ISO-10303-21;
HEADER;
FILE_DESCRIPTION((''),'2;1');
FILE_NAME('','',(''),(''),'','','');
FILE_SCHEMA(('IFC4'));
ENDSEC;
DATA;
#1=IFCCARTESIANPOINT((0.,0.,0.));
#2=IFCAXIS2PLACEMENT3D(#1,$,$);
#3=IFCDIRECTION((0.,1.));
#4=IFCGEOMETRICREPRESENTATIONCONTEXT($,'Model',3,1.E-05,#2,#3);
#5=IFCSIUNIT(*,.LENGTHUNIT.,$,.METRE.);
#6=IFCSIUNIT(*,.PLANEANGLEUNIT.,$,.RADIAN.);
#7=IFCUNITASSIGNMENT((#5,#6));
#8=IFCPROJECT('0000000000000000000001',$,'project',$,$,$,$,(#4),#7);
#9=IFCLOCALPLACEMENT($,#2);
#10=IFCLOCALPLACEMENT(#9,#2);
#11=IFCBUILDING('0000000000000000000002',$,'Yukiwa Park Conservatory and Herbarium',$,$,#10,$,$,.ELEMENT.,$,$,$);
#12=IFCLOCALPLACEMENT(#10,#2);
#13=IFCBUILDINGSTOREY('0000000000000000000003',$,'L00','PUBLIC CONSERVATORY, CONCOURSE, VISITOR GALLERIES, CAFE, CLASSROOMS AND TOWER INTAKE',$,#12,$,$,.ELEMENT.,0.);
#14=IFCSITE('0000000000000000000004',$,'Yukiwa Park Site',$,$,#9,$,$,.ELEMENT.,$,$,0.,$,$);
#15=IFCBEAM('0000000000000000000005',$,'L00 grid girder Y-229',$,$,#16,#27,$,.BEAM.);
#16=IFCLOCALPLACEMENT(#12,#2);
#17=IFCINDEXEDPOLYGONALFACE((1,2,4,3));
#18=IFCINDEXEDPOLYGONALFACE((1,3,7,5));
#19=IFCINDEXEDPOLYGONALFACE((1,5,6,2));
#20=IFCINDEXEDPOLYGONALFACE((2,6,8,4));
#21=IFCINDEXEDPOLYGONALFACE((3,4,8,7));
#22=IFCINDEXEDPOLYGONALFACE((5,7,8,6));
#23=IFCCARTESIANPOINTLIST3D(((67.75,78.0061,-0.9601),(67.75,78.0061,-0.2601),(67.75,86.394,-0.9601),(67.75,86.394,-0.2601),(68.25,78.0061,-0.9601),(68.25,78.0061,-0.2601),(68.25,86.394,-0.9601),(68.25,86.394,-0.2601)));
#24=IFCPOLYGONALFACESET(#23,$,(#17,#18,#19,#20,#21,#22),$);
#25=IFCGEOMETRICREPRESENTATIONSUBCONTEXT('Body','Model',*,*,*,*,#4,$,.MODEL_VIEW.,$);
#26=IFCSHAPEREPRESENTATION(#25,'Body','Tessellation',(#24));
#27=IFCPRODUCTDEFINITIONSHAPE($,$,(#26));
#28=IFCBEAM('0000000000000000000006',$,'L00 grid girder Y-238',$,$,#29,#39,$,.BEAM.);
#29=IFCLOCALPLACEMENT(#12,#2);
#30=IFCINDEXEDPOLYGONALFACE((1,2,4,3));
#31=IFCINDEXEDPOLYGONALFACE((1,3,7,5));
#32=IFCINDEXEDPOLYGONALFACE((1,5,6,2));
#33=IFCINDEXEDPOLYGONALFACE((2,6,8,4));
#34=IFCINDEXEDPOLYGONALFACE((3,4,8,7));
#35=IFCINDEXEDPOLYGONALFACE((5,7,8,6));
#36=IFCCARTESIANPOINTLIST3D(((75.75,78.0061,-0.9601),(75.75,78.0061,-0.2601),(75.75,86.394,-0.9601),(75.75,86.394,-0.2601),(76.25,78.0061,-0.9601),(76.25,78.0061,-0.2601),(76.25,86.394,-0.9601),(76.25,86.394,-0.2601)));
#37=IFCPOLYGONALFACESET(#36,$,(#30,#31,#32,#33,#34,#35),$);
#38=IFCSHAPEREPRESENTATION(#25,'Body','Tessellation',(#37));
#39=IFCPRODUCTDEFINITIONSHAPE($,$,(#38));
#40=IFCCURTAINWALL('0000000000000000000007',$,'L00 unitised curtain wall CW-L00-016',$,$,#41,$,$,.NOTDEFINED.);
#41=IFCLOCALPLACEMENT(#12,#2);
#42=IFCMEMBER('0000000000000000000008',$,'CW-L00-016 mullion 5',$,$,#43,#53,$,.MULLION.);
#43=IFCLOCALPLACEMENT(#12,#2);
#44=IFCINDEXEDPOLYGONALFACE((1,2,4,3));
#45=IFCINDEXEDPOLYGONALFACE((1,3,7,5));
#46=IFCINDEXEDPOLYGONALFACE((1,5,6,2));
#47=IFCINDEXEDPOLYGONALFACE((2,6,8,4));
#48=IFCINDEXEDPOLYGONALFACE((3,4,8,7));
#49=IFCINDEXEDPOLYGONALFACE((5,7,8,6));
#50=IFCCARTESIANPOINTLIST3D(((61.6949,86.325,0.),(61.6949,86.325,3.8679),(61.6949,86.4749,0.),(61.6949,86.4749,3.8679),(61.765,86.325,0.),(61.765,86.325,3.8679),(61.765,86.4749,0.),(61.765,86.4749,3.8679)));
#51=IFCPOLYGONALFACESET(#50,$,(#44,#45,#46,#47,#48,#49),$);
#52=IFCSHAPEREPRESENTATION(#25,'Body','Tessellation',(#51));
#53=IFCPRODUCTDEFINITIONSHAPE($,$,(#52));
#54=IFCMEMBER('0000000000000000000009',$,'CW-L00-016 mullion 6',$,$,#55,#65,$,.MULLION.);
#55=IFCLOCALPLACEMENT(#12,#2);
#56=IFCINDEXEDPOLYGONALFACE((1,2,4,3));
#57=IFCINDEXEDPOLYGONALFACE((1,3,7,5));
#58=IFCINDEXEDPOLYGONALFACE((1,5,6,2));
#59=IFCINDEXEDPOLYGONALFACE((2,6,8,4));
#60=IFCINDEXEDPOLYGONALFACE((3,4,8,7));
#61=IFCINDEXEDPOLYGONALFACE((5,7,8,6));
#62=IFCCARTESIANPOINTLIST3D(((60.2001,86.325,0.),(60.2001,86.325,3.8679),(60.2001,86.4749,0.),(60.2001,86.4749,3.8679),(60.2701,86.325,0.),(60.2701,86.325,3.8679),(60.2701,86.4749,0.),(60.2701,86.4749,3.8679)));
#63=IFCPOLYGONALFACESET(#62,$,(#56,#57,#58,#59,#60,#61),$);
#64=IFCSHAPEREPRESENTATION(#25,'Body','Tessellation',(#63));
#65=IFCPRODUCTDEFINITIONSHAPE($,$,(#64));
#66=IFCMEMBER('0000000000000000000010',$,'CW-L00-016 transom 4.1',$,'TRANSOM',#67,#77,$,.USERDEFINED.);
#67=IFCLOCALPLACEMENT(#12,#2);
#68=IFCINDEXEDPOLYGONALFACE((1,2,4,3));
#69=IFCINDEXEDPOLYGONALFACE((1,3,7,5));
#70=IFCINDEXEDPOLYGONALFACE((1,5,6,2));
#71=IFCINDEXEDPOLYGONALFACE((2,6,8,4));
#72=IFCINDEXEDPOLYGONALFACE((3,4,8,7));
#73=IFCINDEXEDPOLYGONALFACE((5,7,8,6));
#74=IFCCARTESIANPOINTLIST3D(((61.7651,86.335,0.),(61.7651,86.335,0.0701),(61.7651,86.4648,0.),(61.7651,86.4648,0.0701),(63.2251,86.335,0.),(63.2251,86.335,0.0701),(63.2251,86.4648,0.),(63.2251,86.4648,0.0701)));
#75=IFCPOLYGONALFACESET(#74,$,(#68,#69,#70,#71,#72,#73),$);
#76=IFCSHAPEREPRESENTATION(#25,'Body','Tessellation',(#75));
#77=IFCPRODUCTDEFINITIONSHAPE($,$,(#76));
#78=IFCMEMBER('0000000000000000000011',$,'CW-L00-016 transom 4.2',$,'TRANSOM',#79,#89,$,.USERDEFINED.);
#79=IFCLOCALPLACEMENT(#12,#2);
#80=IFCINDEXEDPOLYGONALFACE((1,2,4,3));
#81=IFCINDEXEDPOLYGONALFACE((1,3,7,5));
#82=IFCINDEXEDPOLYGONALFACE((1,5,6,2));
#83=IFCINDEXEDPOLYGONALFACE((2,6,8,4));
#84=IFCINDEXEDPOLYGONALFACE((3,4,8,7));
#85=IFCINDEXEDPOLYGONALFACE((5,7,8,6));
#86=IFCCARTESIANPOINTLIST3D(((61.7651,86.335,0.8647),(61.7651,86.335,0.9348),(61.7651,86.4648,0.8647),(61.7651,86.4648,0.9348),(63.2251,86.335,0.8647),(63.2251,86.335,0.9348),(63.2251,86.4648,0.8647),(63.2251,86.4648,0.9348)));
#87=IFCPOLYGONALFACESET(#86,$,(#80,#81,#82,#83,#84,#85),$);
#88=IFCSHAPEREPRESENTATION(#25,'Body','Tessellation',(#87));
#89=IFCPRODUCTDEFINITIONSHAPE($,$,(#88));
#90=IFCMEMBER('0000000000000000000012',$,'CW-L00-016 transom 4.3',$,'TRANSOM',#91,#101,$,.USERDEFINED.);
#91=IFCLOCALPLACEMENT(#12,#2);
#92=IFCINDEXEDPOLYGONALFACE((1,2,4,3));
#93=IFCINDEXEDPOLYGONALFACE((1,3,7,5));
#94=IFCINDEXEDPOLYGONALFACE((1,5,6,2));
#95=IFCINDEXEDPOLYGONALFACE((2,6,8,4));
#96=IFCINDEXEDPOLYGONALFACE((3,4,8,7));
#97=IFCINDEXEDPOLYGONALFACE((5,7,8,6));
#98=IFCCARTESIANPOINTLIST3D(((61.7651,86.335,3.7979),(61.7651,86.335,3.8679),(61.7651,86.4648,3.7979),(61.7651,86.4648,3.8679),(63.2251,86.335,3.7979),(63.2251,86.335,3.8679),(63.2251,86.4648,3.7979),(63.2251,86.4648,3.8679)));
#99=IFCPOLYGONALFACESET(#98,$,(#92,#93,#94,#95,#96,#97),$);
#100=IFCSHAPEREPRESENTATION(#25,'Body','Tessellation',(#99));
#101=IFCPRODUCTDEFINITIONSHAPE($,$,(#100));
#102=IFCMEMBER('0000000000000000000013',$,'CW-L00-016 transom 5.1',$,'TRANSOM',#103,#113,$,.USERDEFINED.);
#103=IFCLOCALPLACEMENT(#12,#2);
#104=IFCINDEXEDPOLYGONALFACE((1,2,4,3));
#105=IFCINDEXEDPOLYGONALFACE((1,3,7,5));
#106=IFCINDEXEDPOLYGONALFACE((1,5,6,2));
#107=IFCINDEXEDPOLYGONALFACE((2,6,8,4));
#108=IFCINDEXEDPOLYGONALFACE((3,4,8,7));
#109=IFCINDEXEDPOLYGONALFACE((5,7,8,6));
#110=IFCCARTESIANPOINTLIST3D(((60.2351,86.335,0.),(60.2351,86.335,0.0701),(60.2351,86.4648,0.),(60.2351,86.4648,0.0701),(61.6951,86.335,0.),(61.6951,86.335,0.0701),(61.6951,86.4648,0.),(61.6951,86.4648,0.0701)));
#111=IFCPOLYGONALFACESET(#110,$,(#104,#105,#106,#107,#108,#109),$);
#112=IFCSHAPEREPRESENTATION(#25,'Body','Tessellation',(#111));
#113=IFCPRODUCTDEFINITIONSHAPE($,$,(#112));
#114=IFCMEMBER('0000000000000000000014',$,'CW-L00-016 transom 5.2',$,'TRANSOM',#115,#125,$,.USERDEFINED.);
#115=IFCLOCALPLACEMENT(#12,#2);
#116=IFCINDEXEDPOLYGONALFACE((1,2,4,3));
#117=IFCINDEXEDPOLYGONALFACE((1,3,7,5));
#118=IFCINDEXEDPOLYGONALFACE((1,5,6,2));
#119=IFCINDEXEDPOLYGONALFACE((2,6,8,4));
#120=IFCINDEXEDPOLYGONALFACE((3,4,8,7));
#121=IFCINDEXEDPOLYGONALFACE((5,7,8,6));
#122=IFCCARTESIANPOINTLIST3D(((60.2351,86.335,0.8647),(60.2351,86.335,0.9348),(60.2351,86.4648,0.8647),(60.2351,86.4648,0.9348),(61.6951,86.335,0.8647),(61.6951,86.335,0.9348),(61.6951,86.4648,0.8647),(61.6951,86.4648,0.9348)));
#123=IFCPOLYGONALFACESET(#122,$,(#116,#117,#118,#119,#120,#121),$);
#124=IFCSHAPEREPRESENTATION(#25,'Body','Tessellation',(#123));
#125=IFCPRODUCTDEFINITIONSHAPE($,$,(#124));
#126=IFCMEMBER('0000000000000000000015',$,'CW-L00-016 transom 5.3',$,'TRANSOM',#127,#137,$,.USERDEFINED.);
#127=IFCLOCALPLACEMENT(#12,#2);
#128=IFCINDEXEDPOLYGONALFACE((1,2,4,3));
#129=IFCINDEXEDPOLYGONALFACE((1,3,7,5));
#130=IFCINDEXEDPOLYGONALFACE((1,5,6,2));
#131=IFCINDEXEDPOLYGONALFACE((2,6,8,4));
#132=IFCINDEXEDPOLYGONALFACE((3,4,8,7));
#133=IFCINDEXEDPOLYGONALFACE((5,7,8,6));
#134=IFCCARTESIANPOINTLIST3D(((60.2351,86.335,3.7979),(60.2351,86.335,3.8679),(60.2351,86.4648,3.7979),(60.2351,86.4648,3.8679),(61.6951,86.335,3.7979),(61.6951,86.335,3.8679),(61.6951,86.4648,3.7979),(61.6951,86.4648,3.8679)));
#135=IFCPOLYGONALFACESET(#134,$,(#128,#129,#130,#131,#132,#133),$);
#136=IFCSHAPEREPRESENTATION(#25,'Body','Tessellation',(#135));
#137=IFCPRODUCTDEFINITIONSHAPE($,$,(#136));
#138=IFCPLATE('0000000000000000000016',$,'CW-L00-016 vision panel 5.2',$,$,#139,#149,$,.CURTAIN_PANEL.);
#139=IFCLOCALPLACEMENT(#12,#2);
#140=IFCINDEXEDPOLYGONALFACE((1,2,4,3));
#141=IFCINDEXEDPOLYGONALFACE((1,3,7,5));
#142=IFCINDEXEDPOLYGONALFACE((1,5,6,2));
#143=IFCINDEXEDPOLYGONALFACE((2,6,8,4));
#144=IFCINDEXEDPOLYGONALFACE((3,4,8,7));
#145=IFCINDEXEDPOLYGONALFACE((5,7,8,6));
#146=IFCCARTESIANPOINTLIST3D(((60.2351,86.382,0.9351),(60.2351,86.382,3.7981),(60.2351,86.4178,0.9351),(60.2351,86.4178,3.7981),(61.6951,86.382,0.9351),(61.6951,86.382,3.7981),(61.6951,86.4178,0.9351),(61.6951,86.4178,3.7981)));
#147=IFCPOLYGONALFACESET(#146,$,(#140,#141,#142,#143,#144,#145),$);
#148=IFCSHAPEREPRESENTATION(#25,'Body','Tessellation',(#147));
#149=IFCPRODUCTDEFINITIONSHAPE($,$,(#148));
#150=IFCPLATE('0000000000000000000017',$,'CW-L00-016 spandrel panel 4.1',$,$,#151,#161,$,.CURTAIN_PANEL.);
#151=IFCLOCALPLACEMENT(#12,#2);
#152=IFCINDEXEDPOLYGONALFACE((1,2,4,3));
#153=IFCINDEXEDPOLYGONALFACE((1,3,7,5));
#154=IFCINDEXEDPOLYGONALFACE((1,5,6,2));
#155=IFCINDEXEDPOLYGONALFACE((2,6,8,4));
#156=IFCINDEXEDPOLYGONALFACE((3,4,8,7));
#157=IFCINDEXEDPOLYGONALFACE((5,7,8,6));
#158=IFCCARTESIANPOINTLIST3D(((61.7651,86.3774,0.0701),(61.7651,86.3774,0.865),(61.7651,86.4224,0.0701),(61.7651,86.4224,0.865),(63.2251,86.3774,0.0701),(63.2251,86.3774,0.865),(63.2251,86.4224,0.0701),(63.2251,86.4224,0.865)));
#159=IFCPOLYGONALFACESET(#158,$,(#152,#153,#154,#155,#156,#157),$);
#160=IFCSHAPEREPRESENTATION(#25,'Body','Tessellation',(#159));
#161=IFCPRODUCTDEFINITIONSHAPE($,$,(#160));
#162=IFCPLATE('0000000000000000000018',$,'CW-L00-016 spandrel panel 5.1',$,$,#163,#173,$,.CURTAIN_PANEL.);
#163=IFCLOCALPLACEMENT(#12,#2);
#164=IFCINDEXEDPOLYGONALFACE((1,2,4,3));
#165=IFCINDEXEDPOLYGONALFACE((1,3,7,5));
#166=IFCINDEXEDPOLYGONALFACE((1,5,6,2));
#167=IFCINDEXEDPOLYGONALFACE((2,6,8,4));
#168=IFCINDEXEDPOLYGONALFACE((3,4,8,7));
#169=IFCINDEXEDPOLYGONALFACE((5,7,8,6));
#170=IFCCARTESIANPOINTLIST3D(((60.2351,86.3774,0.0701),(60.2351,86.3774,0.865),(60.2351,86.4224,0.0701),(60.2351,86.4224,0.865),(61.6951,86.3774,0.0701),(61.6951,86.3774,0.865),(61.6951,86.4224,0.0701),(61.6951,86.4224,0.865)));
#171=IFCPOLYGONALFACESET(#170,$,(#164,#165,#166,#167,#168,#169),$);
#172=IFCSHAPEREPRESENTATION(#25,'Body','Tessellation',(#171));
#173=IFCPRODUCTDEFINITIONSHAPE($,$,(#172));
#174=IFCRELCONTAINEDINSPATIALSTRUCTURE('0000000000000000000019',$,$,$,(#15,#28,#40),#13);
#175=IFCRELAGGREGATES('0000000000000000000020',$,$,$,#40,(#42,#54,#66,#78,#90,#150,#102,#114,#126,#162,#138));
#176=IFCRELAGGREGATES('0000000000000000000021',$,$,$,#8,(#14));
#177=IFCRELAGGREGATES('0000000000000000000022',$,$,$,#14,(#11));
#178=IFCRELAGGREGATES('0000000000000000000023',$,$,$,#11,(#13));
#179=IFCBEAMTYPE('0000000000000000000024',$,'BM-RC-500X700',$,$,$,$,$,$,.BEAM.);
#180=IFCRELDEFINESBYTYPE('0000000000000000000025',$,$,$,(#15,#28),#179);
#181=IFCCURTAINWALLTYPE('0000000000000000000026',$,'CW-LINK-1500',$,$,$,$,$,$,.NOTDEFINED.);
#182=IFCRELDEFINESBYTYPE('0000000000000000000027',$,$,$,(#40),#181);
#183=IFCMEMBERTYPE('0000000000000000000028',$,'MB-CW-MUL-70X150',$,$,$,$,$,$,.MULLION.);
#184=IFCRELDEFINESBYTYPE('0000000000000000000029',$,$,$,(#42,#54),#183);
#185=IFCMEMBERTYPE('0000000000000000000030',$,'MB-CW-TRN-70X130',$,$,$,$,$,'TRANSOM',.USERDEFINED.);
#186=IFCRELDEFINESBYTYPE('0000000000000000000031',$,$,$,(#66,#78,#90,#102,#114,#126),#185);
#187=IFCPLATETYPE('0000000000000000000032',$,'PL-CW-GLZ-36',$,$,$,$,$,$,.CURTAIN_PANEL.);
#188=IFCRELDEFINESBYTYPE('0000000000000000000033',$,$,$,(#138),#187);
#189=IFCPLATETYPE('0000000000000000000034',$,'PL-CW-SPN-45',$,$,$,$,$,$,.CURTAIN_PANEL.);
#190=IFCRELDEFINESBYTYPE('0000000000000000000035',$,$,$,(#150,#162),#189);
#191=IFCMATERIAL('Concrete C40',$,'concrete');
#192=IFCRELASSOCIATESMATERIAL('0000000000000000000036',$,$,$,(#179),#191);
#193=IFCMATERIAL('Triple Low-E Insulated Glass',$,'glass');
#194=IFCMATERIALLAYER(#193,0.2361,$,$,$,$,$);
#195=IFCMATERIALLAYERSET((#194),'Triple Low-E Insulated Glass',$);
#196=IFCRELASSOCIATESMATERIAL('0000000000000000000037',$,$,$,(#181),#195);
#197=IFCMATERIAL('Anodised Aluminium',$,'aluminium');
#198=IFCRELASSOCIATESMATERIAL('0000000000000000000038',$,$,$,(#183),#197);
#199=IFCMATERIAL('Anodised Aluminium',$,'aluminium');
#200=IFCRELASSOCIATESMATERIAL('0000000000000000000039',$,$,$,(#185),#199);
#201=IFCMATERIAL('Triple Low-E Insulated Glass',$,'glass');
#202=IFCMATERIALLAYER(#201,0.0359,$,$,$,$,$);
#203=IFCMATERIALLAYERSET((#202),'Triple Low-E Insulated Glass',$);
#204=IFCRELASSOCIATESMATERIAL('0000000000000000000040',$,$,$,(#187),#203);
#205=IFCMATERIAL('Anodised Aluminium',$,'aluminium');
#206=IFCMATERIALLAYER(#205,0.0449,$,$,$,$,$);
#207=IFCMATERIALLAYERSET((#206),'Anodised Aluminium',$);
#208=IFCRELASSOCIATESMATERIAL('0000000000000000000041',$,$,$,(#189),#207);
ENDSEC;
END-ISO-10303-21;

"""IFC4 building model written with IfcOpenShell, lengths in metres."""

from ifc_helpers import new_model, si_unit, direction, frame, origin, origin_2d, place, context, subcontext, project, spatial, rectangle, extrude, material, layer, layer_set, material_profile, profile_set, type_object, element, aggregate, save


model = new_model("IFC4")

# Units and contexts
model_context = context("Model", 3, precision=1e-05, world=origin(), true_north=direction((0.0, 1.0)))
body_context = subcontext(model_context, "Body", "Model", "MODEL_VIEW")
ifc_project = project(units=[si_unit("LENGTHUNIT", "METRE"), si_unit("PLANEANGLEUNIT", "RADIAN")], contexts=[model_context])

# Site, building, storey
site_placement = place(None, origin())
site = spatial("IfcSite", under=ifc_project, at=site_placement, Name="Yukiwa Park Site", CompositionType="ELEMENT", RefElevation=0.0)
building_placement = place(site_placement, origin())
building = spatial("IfcBuilding", under=site, at=building_placement, Name="Yukiwa Park Conservatory and Herbarium", CompositionType="ELEMENT")
storey_placement = place(building_placement, origin())
storey = spatial("IfcBuildingStorey", under=building, at=storey_placement, Name="L00", Description="PUBLIC CONSERVATORY, CONCOURSE, VISITOR GALLERIES, CAFE, CLASSROOMS AND TOWER INTAKE", CompositionType="ELEMENT", Elevation=0.0)

# Beams
ifc_material_1 = material(Name="Concrete C40", Category="concrete")
ifc_material_profile_1 = material_profile(ifc_material_1, rectangle(XDim=0.5, YDim=0.7, at=origin_2d()), Name="RC 500x700")
ifc_profile_set_1 = profile_set([ifc_material_profile_1], Name="Concrete C40")
beam_type_1 = type_object("IfcBeamType", Name="BM-RC-500X700", PredefinedType="BEAM", material=ifc_profile_set_1)
for number, where, z_axis, x_axis, name in (
    (1, (68.0, 78.0061, -0.6101), (0.0, 1.0, 0.0), (-1.0, 0.0, 0.0), "L00 grid girder Y-229"),
    (2, (76.0, 78.0061, -0.6101), (0.0, 1.0, 0.0), (-1.0, 0.0, 0.0), "L00 grid girder Y-238"),
):
    element("IfcBeam", number, at=place(storey_placement, frame(where, z_axis=z_axis, x_axis=x_axis)), inside=storey, type_object=beam_type_1, Name=name, PredefinedType="BEAM", context=body_context, shape_type="SweptSolid", body=[
        extrude(rectangle(XDim=0.5, YDim=0.7, at=origin_2d()), origin(), (0.0, 0.0, 1.0), 8.3879),
    ])

# Curtain wall, members, plates
ifc_material_2 = material(Name="Triple Low-E Insulated Glass", Category="glass")
ifc_layer_1 = layer(ifc_material_2, 0.2361)
ifc_layer_set_1 = layer_set([ifc_layer_1], Name="Triple Low-E Insulated Glass")
curtain_wall_type = type_object("IfcCurtainWallType", Name="CW-LINK-1500", PredefinedType="NOTDEFINED", material=ifc_layer_set_1)
curtain_wall_placement = place(storey_placement, origin())
curtain_wall = element("IfcCurtainWall", 3, at=curtain_wall_placement, inside=storey, type_object=curtain_wall_type, Name="L00 unitised curtain wall CW-L00-016", PredefinedType="NOTDEFINED")
ifc_material_3 = material(Name="Anodised Aluminium", Category="aluminium")
member_type_1 = type_object("IfcMemberType", Name="MB-CW-MUL-70X150", PredefinedType="MULLION", material=ifc_material_3)
member_1_placement = place(storey_placement, frame((61.73, 86.3999, 0.0), z_axis=(0.0, 0.0, 1.0), x_axis=(-1.0, 0.0, 0.0)))
member_1 = element("IfcMember", 4, at=member_1_placement, type_object=member_type_1, Name="CW-L00-016 mullion 5", PredefinedType="MULLION", context=body_context, shape_type="SweptSolid", body=[
    extrude(rectangle(XDim=0.0701, YDim=0.1499, at=origin_2d()), origin(), (0.0, 0.0, 1.0), 3.8679),
])
member_2_placement = place(storey_placement, frame((60.2351, 86.3999, 0.0), z_axis=(0.0, 0.0, 1.0), x_axis=(-1.0, 0.0, 0.0)))
member_2 = element("IfcMember", 5, at=member_2_placement, type_object=member_type_1, Name="CW-L00-016 mullion 6", PredefinedType="MULLION", context=body_context, shape_type="SweptSolid", body=[
    extrude(rectangle(XDim=0.0701, YDim=0.1499, at=origin_2d()), origin(), (0.0, 0.0, 1.0), 3.8679),
])
ifc_material_4 = material(Name="Anodised Aluminium", Category="aluminium")
member_type_2 = type_object("IfcMemberType", Name="MB-CW-TRN-70X130", ElementType="TRANSOM", PredefinedType="USERDEFINED", material=ifc_material_4)
member_3_placement = place(storey_placement, frame((62.4951, 86.3999, 0.0), z_axis=(0.0, 0.0, 1.0), x_axis=(-1.0, 0.0, 0.0)))
member_3 = element("IfcMember", 6, at=member_3_placement, type_object=member_type_2, Name="CW-L00-016 transom 4.1", ObjectType="TRANSOM", PredefinedType="USERDEFINED", context=body_context, shape_type="SweptSolid", body=[
    extrude(rectangle(XDim=1.46, YDim=0.1299, at=origin_2d()), origin(), (0.0, 0.0, 1.0), 0.0701),
])
member_4_placement = place(storey_placement, frame((62.4951, 86.3999, 0.8647), z_axis=(0.0, 0.0, 1.0), x_axis=(-1.0, 0.0, 0.0)))
member_4 = element("IfcMember", 7, at=member_4_placement, type_object=member_type_2, Name="CW-L00-016 transom 4.2", ObjectType="TRANSOM", PredefinedType="USERDEFINED", context=body_context, shape_type="SweptSolid", body=[
    extrude(rectangle(XDim=1.46, YDim=0.1299, at=origin_2d()), origin(), (0.0, 0.0, 1.0), 0.0701),
])
member_5_placement = place(storey_placement, frame((62.4951, 86.3999, 3.7979), z_axis=(0.0, 0.0, 1.0), x_axis=(-1.0, 0.0, 0.0)))
member_5 = element("IfcMember", 8, at=member_5_placement, type_object=member_type_2, Name="CW-L00-016 transom 4.3", ObjectType="TRANSOM", PredefinedType="USERDEFINED", context=body_context, shape_type="SweptSolid", body=[
    extrude(rectangle(XDim=1.46, YDim=0.1299, at=origin_2d()), origin(), (0.0, 0.0, 1.0), 0.0701),
])
member_6_placement = place(storey_placement, frame((60.9651, 86.3999, 0.0), z_axis=(0.0, 0.0, 1.0), x_axis=(-1.0, 0.0, 0.0)))
member_6 = element("IfcMember", 9, at=member_6_placement, type_object=member_type_2, Name="CW-L00-016 transom 5.1", ObjectType="TRANSOM", PredefinedType="USERDEFINED", context=body_context, shape_type="SweptSolid", body=[
    extrude(rectangle(XDim=1.46, YDim=0.1299, at=origin_2d()), origin(), (0.0, 0.0, 1.0), 0.0701),
])
member_7_placement = place(storey_placement, frame((60.9651, 86.3999, 0.8647), z_axis=(0.0, 0.0, 1.0), x_axis=(-1.0, 0.0, 0.0)))
member_7 = element("IfcMember", 10, at=member_7_placement, type_object=member_type_2, Name="CW-L00-016 transom 5.2", ObjectType="TRANSOM", PredefinedType="USERDEFINED", context=body_context, shape_type="SweptSolid", body=[
    extrude(rectangle(XDim=1.46, YDim=0.1299, at=origin_2d()), origin(), (0.0, 0.0, 1.0), 0.0701),
])
member_8_placement = place(storey_placement, frame((60.9651, 86.3999, 3.7979), z_axis=(0.0, 0.0, 1.0), x_axis=(-1.0, 0.0, 0.0)))
member_8 = element("IfcMember", 11, at=member_8_placement, type_object=member_type_2, Name="CW-L00-016 transom 5.3", ObjectType="TRANSOM", PredefinedType="USERDEFINED", context=body_context, shape_type="SweptSolid", body=[
    extrude(rectangle(XDim=1.46, YDim=0.1299, at=origin_2d()), origin(), (0.0, 0.0, 1.0), 0.0701),
])
ifc_material_5 = material(Name="Triple Low-E Insulated Glass", Category="glass")
ifc_layer_2 = layer(ifc_material_5, 0.0359)
ifc_layer_set_2 = layer_set([ifc_layer_2], Name="Triple Low-E Insulated Glass")
plate_type_1 = type_object("IfcPlateType", Name="PL-CW-GLZ-36", PredefinedType="CURTAIN_PANEL", material=ifc_layer_set_2)
plate_1_placement = place(storey_placement, frame((60.9651, 86.3999, 0.9351), z_axis=(0.0, 0.0, 1.0), x_axis=(-1.0, 0.0, 0.0)))
plate_1 = element("IfcPlate", 12, at=plate_1_placement, type_object=plate_type_1, Name="CW-L00-016 vision panel 5.2", PredefinedType="CURTAIN_PANEL", context=body_context, shape_type="SweptSolid", body=[
    extrude(rectangle(XDim=1.46, YDim=0.0359, at=origin_2d()), origin(), (0.0, 0.0, 1.0), 2.863),
])
ifc_material_6 = material(Name="Anodised Aluminium", Category="aluminium")
ifc_layer_3 = layer(ifc_material_6, 0.0449)
ifc_layer_set_3 = layer_set([ifc_layer_3], Name="Anodised Aluminium")
plate_type_2 = type_object("IfcPlateType", Name="PL-CW-SPN-45", PredefinedType="CURTAIN_PANEL", material=ifc_layer_set_3)
plate_2_placement = place(storey_placement, frame((62.4951, 86.3999, 0.0701), z_axis=(0.0, 0.0, 1.0), x_axis=(-1.0, 0.0, 0.0)))
plate_2 = element("IfcPlate", 13, at=plate_2_placement, type_object=plate_type_2, Name="CW-L00-016 spandrel panel 4.1", PredefinedType="CURTAIN_PANEL", context=body_context, shape_type="SweptSolid", body=[
    extrude(rectangle(XDim=1.46, YDim=0.0449, at=origin_2d()), origin(), (0.0, 0.0, 1.0), 0.7949),
])
plate_3_placement = place(storey_placement, frame((60.9651, 86.3999, 0.0701), z_axis=(0.0, 0.0, 1.0), x_axis=(-1.0, 0.0, 0.0)))
plate_3 = element("IfcPlate", 14, at=plate_3_placement, type_object=plate_type_2, Name="CW-L00-016 spandrel panel 5.1", PredefinedType="CURTAIN_PANEL", context=body_context, shape_type="SweptSolid", body=[
    extrude(rectangle(XDim=1.46, YDim=0.0449, at=origin_2d()), origin(), (0.0, 0.0, 1.0), 0.7949),
])
aggregate(curtain_wall, [member_1, member_2, member_3, member_4, member_5, plate_2, member_6, member_7, member_8, plate_3, plate_1])

save(model, "model.ifc")
